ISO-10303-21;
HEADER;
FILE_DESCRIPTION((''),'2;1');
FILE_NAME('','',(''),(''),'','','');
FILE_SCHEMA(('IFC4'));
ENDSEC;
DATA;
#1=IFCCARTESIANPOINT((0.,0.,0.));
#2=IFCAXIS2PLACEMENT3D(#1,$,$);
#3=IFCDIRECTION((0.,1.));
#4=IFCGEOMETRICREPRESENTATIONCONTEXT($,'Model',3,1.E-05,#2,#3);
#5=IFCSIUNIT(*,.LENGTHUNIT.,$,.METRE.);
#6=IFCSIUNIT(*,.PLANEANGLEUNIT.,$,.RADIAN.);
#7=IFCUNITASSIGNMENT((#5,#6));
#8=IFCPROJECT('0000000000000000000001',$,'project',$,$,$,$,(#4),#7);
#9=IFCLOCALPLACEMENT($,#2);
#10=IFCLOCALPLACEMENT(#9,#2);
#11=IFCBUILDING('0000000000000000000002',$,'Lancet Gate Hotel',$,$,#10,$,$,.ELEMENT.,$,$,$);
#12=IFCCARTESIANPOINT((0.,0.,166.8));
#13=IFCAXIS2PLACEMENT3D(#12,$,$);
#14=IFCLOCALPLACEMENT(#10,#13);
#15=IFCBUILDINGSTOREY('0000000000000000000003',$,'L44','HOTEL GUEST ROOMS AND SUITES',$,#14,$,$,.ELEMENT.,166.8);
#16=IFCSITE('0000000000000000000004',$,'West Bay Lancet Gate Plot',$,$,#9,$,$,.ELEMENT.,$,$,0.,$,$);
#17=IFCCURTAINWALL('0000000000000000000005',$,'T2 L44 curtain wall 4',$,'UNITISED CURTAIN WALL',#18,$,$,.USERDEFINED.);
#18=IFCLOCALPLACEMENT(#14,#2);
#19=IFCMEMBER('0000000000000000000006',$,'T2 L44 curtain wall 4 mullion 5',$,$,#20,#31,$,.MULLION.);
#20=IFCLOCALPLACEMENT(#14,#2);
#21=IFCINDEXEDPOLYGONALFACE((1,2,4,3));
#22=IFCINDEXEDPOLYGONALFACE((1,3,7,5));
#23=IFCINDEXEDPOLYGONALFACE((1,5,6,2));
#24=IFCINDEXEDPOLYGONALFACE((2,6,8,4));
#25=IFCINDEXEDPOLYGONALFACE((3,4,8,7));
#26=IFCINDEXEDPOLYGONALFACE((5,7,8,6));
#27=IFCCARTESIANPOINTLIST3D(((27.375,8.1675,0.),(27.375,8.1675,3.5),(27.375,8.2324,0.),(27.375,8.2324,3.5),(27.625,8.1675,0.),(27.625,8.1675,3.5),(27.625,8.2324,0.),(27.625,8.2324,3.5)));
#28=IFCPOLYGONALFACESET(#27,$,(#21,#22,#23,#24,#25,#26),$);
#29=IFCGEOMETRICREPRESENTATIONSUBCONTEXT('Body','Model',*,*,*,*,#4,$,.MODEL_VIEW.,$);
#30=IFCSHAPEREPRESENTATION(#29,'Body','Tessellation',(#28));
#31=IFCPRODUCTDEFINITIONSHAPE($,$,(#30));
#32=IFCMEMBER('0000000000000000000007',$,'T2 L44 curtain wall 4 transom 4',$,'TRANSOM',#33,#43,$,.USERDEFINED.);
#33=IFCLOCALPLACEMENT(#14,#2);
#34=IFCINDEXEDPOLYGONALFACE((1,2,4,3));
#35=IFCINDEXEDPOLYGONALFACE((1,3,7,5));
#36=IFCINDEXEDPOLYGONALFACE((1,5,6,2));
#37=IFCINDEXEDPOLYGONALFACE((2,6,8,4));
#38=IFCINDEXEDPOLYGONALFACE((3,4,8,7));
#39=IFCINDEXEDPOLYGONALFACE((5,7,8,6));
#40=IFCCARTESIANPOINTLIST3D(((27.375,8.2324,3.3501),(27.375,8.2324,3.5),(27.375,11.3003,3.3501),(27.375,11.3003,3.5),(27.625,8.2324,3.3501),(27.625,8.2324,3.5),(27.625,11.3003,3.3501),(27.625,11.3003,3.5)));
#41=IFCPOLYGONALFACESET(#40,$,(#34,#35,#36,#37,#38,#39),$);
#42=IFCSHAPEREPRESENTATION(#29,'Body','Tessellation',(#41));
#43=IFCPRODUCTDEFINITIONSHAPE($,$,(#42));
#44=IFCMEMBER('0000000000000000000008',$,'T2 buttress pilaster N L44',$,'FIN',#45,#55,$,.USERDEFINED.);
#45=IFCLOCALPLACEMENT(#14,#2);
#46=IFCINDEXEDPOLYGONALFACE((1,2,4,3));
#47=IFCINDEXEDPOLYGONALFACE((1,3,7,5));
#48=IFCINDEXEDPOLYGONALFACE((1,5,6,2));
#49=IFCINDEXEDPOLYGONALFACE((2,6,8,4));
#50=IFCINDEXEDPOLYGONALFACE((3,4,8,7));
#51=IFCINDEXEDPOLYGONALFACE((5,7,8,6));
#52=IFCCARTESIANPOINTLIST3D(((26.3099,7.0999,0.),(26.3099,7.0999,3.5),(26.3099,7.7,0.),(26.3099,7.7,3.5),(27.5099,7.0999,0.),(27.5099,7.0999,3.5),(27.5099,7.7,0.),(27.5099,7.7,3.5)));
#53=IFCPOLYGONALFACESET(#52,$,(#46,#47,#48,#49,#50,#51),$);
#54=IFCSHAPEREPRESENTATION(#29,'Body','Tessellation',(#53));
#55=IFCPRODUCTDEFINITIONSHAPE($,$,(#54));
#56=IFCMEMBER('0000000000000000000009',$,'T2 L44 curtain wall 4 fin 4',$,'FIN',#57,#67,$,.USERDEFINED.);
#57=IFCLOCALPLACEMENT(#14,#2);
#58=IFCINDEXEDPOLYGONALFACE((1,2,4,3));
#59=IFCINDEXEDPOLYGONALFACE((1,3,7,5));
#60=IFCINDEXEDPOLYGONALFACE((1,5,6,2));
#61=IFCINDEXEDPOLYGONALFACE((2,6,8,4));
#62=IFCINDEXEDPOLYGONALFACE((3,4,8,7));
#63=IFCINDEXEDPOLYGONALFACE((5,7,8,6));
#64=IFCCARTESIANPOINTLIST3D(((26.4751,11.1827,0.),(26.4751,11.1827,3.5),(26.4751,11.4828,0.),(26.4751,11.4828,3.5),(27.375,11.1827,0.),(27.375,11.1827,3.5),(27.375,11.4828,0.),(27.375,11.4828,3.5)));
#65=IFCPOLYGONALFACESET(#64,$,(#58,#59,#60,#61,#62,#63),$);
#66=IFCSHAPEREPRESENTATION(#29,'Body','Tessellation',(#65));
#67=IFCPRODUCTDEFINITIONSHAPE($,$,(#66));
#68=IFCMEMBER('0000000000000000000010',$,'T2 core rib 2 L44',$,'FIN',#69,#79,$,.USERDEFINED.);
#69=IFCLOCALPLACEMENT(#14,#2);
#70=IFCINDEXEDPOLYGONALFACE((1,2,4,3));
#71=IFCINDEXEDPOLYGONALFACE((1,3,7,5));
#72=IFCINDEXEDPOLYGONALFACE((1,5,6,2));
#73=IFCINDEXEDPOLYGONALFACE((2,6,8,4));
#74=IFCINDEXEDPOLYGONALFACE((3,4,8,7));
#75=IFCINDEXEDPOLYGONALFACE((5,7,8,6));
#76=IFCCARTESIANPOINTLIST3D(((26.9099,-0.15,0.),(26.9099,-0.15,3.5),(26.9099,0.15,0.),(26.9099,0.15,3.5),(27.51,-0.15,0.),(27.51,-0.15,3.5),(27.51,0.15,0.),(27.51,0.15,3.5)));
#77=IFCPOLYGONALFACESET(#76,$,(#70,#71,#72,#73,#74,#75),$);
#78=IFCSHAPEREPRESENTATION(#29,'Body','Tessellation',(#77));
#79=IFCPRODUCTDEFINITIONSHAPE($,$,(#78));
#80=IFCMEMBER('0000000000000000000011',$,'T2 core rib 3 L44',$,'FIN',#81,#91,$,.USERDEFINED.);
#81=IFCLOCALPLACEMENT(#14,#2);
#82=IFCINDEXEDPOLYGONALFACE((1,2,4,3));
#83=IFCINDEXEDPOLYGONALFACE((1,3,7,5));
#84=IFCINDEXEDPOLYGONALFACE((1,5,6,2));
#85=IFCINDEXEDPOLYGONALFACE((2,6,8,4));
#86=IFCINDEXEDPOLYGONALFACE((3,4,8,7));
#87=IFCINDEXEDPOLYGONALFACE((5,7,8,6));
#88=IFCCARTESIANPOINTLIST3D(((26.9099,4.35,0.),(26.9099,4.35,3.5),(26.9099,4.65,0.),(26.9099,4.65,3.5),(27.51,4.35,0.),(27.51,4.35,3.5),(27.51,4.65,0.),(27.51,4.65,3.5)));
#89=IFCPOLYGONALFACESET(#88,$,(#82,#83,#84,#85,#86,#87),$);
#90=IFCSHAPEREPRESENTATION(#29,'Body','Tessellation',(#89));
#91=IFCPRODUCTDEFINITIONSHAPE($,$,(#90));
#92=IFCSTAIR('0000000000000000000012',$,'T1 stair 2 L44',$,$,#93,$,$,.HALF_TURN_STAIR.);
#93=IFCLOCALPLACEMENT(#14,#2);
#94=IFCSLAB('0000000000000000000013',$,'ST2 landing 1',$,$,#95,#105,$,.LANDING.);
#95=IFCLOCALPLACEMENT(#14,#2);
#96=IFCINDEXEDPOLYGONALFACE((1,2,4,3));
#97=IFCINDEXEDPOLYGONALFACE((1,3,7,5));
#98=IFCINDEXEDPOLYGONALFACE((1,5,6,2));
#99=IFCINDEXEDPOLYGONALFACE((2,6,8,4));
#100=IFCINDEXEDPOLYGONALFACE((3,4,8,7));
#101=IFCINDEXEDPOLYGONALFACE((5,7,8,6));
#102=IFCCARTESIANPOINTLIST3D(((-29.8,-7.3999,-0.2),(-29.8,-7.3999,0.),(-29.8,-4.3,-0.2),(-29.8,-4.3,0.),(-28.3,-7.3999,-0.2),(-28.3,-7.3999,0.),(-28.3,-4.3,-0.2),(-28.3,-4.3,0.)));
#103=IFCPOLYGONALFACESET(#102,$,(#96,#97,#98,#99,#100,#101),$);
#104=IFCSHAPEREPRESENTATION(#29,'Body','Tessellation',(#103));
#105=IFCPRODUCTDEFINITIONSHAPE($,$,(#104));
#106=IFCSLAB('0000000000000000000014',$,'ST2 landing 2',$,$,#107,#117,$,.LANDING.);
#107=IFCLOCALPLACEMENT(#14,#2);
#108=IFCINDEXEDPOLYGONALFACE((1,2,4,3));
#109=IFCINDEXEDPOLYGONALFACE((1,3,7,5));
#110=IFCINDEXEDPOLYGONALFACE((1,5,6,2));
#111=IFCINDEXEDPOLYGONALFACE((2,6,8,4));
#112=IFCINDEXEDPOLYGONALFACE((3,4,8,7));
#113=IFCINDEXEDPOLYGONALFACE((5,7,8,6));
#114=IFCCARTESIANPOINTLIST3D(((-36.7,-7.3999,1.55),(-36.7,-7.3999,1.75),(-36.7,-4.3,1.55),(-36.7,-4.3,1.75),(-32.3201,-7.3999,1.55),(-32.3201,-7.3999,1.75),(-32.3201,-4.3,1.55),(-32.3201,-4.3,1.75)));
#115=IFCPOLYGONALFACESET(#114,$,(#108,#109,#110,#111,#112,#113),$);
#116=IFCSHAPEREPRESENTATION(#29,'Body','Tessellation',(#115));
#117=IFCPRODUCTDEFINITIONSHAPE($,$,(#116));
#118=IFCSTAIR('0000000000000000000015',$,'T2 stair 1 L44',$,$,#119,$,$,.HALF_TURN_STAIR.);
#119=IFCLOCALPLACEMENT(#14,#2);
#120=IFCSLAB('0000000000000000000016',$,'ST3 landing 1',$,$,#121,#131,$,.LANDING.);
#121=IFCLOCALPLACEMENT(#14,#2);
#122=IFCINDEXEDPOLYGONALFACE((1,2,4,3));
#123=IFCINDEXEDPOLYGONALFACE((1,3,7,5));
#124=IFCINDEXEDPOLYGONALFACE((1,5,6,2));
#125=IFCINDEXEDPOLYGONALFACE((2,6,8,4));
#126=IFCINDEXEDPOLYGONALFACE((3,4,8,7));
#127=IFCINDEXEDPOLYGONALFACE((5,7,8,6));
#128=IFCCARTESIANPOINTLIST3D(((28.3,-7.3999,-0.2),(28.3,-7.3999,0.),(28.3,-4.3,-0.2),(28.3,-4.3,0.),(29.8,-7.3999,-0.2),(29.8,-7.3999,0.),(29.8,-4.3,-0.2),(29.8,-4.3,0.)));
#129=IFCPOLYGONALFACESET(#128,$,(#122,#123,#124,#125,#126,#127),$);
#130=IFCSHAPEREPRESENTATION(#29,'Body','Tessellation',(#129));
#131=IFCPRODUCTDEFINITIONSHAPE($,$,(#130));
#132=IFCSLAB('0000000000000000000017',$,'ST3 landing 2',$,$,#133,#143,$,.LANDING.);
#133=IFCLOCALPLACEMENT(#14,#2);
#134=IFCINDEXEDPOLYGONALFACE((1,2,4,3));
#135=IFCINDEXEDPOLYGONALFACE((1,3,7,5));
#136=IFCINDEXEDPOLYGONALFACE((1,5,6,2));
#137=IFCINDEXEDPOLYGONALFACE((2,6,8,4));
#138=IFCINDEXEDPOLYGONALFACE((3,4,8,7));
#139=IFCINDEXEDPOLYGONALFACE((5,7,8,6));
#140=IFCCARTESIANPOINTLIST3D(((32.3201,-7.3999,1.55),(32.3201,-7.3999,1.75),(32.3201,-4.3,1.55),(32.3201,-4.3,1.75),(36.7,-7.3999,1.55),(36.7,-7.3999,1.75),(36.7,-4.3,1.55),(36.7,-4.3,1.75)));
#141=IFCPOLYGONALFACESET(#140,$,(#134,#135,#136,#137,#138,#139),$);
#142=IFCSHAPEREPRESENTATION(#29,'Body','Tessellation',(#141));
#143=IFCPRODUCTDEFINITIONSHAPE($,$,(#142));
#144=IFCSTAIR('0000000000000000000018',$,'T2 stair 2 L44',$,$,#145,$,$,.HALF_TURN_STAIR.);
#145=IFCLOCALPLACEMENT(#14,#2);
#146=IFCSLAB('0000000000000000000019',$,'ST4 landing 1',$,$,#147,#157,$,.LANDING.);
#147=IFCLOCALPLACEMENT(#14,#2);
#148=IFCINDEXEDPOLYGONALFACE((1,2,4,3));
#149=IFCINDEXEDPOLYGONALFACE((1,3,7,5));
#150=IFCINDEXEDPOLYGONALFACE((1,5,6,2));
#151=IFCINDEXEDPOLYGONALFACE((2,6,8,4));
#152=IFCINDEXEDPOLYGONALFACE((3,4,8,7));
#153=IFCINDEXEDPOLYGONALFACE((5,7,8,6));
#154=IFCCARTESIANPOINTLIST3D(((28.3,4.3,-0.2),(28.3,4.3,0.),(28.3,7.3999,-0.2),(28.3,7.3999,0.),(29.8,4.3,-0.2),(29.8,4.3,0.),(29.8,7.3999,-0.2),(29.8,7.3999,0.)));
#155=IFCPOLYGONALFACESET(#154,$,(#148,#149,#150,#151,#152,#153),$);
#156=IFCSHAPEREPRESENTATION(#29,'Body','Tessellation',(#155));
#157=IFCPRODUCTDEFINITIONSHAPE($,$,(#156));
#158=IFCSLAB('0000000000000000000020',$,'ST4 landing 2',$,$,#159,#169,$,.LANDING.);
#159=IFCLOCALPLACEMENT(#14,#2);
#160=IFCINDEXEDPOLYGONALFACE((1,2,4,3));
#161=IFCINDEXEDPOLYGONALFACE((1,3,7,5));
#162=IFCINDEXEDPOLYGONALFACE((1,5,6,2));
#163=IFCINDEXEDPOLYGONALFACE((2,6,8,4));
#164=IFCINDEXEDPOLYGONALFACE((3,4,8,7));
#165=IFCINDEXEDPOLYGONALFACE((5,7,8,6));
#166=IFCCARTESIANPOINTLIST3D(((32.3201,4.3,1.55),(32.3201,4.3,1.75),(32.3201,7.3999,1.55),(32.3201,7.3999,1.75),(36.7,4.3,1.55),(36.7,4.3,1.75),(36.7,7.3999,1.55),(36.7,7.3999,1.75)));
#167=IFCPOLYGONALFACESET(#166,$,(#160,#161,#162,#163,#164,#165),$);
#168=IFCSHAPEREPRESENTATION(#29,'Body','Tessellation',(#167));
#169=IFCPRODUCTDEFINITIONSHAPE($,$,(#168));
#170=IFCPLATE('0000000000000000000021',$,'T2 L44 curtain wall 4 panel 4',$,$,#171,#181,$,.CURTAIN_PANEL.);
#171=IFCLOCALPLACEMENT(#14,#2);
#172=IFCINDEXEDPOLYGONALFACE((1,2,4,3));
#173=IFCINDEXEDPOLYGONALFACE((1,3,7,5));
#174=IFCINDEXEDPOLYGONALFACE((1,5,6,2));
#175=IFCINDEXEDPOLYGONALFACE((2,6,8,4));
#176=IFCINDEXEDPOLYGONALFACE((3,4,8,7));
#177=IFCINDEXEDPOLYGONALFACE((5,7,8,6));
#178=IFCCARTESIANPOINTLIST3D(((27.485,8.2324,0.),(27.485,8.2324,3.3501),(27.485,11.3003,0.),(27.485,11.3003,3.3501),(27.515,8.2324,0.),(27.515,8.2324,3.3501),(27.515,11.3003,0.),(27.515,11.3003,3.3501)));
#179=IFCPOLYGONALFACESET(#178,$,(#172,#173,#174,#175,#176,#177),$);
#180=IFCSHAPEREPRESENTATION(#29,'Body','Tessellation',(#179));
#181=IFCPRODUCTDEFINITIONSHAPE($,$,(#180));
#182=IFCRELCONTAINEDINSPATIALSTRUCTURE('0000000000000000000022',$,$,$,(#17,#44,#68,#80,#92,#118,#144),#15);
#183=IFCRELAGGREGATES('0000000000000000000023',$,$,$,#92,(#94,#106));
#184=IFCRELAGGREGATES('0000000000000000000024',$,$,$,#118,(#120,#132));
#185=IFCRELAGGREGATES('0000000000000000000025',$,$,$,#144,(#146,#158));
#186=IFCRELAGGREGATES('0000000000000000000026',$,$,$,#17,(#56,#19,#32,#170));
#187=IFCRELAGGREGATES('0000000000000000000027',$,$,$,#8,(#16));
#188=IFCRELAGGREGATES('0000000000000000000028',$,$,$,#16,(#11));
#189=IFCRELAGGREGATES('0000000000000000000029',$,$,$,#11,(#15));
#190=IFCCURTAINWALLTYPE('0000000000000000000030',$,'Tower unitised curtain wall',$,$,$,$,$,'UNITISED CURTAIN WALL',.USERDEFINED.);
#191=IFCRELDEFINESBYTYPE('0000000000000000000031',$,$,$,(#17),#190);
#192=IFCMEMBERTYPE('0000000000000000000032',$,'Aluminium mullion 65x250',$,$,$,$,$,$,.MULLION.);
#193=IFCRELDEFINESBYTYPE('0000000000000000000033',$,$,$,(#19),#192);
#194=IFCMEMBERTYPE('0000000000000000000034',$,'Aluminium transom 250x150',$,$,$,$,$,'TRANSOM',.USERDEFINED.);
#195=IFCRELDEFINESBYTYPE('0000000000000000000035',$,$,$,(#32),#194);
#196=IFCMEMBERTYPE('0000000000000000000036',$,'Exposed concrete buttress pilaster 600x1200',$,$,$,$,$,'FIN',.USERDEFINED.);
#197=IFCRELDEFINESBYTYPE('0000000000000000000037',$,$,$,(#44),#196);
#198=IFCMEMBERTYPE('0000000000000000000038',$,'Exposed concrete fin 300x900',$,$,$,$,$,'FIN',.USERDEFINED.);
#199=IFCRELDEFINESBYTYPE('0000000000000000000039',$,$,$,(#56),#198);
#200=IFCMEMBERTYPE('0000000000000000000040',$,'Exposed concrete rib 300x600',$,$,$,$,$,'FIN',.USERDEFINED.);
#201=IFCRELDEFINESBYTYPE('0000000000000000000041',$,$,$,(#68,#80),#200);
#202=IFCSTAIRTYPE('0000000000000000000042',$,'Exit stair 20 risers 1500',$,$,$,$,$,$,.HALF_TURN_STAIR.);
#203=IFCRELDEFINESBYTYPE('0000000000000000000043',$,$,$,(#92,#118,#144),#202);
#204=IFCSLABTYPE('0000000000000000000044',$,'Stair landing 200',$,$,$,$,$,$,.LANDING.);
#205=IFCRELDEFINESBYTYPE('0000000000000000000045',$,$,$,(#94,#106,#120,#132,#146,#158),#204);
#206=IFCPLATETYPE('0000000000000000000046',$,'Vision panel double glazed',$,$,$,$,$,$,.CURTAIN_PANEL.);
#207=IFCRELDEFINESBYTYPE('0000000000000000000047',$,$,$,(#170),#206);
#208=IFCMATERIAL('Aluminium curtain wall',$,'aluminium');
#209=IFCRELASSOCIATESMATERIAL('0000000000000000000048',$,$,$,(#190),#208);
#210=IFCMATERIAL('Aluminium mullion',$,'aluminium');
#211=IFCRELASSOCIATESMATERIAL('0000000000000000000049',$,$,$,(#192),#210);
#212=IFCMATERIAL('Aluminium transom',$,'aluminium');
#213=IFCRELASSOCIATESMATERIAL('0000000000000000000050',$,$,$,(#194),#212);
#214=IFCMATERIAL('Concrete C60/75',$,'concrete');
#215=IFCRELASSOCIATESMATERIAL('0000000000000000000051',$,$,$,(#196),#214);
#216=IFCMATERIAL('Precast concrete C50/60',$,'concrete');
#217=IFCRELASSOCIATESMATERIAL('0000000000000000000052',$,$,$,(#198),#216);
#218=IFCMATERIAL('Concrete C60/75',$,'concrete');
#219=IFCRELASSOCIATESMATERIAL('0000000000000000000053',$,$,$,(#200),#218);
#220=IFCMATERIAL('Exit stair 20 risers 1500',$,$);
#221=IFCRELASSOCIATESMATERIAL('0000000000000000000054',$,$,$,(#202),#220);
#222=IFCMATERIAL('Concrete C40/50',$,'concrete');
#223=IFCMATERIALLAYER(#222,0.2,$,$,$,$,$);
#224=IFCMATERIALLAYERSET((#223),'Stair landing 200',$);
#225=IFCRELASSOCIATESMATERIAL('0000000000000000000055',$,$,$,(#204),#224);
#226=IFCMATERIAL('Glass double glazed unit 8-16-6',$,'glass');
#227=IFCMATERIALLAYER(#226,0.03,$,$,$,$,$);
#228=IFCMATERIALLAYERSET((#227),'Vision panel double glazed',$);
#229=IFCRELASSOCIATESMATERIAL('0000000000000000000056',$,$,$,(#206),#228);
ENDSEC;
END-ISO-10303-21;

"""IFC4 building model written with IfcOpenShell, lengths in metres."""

from ifc_helpers import new_model, si_unit, direction, frame, origin, origin_2d, place, context, subcontext, project, spatial, polyline, rectangle, outline, extrude, material, layer, layer_set, material_profile, profile_set, type_object, element, aggregate, save


model = new_model("IFC4")

# Units and contexts
model_context = context("Model", 3, precision=1e-05, world=origin(), true_north=direction((0.0, 1.0)))
body_context = subcontext(model_context, "Body", "Model", "MODEL_VIEW")
ifc_project = project(units=[si_unit("LENGTHUNIT", "METRE"), si_unit("PLANEANGLEUNIT", "RADIAN")], contexts=[model_context])

# Site, building, storey
site_placement = place(None, origin())
site = spatial("IfcSite", under=ifc_project, at=site_placement, Name="West Bay Lancet Gate Plot", CompositionType="ELEMENT", RefElevation=0.0)
building_placement = place(site_placement, origin())
building = spatial("IfcBuilding", under=site, at=building_placement, Name="Lancet Gate Hotel", CompositionType="ELEMENT")
storey_placement = place(building_placement, frame((0.0, 0.0, 166.8)))
storey = spatial("IfcBuildingStorey", under=building, at=storey_placement, Name="L44", Description="HOTEL GUEST ROOMS AND SUITES", CompositionType="ELEMENT", Elevation=166.8)

# Curtain wall, members
ifc_material_1 = material(Name="Aluminium curtain wall", Category="aluminium")
curtain_wall_type = type_object("IfcCurtainWallType", Name="Tower unitised curtain wall", ElementType="UNITISED CURTAIN WALL", PredefinedType="USERDEFINED", material=ifc_material_1)
curtain_wall_placement = place(storey_placement, origin())
curtain_wall = element("IfcCurtainWall", 1, at=curtain_wall_placement, inside=storey, type_object=curtain_wall_type, Name="T2 L44 curtain wall 4", ObjectType="UNITISED CURTAIN WALL", PredefinedType="USERDEFINED")
ifc_material_2 = material(Name="Aluminium mullion", Category="aluminium")
ifc_material_profile_1 = material_profile(ifc_material_2, rectangle(XDim=0.0649, YDim=0.25, at=origin_2d()), Name="MULLION 65x250")
ifc_profile_set_1 = profile_set([ifc_material_profile_1], Name="Aluminium mullion")
member_type_1 = type_object("IfcMemberType", Name="Aluminium mullion 65x250", PredefinedType="MULLION", material=ifc_profile_set_1)
member_1_placement = place(storey_placement, frame((27.5, 8.2, 0.0), z_axis=(0.0, 0.0, 1.0), x_axis=(0.0, -1.0, 0.0)))
member_1 = element("IfcMember", 2, at=member_1_placement, type_object=member_type_1, Name="T2 L44 curtain wall 4 mullion 5", PredefinedType="MULLION", context=body_context, shape_type="SweptSolid", body=[
    extrude(rectangle(XDim=0.0649, YDim=0.25, at=origin_2d()), origin(), (0.0, 0.0, 1.0), 3.5),
])
ifc_material_3 = material(Name="Aluminium transom", Category="aluminium")
ifc_material_profile_2 = material_profile(ifc_material_3, rectangle(XDim=0.25, YDim=0.1499, at=origin_2d()), Name="TRANSOM 250x150")
ifc_profile_set_2 = profile_set([ifc_material_profile_2], Name="Aluminium transom")
member_type_2 = type_object("IfcMemberType", Name="Aluminium transom 250x150", ElementType="TRANSOM", PredefinedType="USERDEFINED", material=ifc_profile_set_2)
member_2_placement = place(storey_placement, frame((27.5, 11.3003, 3.425), z_axis=(0.0, -1.0, 0.0), x_axis=(1.0, 0.0, 0.0)))
member_2 = element("IfcMember", 3, at=member_2_placement, type_object=member_type_2, Name="T2 L44 curtain wall 4 transom 4", ObjectType="TRANSOM", PredefinedType="USERDEFINED", context=body_context, shape_type="SweptSolid", body=[
    extrude(rectangle(XDim=0.25, YDim=0.1499, at=origin_2d()), origin(), (0.0, 0.0, 1.0), 3.0679),
])

# Members
ifc_material_4 = material(Name="Concrete C60/75", Category="concrete")
ifc_material_profile_3 = material_profile(ifc_material_4, rectangle(XDim=0.6001, YDim=1.2, at=origin_2d()), Name="FIN 600x1200")
ifc_profile_set_3 = profile_set([ifc_material_profile_3], Name="Concrete C60/75")
member_type_3 = type_object("IfcMemberType", Name="Exposed concrete buttress pilaster 600x1200", ElementType="FIN", PredefinedType="USERDEFINED", material=ifc_profile_set_3)
member_3_placement = place(storey_placement, frame((26.9099, 7.3999, 0.0), z_axis=(0.0, 0.0, 1.0), x_axis=(0.0, 1.0, 0.0)))
element("IfcMember", 4, at=member_3_placement, inside=storey, type_object=member_type_3, Name="T2 buttress pilaster N L44", ObjectType="FIN", PredefinedType="USERDEFINED", context=body_context, shape_type="SweptSolid", body=[
    extrude(rectangle(XDim=0.6001, YDim=1.2, at=origin_2d()), origin(), (0.0, 0.0, 1.0), 3.5),
])
ifc_material_5 = material(Name="Precast concrete C50/60", Category="concrete")
ifc_material_profile_4 = material_profile(ifc_material_5, rectangle(XDim=0.3, YDim=0.8999, at=origin_2d()), Name="FIN 300x900")
ifc_profile_set_4 = profile_set([ifc_material_profile_4], Name="Precast concrete C50/60")
member_type_4 = type_object("IfcMemberType", Name="Exposed concrete fin 300x900", ElementType="FIN", PredefinedType="USERDEFINED", material=ifc_profile_set_4)
member_4_placement = place(storey_placement, frame((26.925, 11.3328, 0.0), z_axis=(0.0, 0.0, 1.0), x_axis=(0.0, -1.0, 0.0)))
member_4 = element("IfcMember", 5, at=member_4_placement, type_object=member_type_4, Name="T2 L44 curtain wall 4 fin 4", ObjectType="FIN", PredefinedType="USERDEFINED", context=body_context, shape_type="SweptSolid", body=[
    extrude(rectangle(XDim=0.3, YDim=0.8999, at=origin_2d()), origin(), (0.0, 0.0, 1.0), 3.5),
])

# Members
ifc_material_6 = material(Name="Concrete C60/75", Category="concrete")
ifc_material_profile_5 = material_profile(ifc_material_6, rectangle(XDim=0.3, YDim=0.6001, at=origin_2d()), Name="FIN 300x600")
ifc_profile_set_5 = profile_set([ifc_material_profile_5], Name="Concrete C60/75")
member_type_5 = type_object("IfcMemberType", Name="Exposed concrete rib 300x600", ElementType="FIN", PredefinedType="USERDEFINED", material=ifc_profile_set_5)
for number, where, z_axis, x_axis, name in (
    (6, (27.21, 0.0, 0.0), (0.0, 0.0, 1.0), (0.0, 1.0, 0.0), "T2 core rib 2 L44"),
    (7, (27.21, 4.5, 0.0), (0.0, 0.0, 1.0), (0.0, 1.0, 0.0), "T2 core rib 3 L44"),
):
    element("IfcMember", number, at=place(storey_placement, frame(where, z_axis=z_axis, x_axis=x_axis)), inside=storey, type_object=member_type_5, Name=name, ObjectType="FIN", PredefinedType="USERDEFINED", context=body_context, shape_type="SweptSolid", body=[
        extrude(rectangle(XDim=0.3, YDim=0.6001, at=origin_2d()), origin(), (0.0, 0.0, 1.0), 3.5),
    ])

# Stairs, slabs
ifc_material_7 = material(Name="Exit stair 20 risers 1500")
stair_type = type_object("IfcStairType", Name="Exit stair 20 risers 1500", PredefinedType="HALF_TURN_STAIR", material=ifc_material_7)
stair_1_placement = place(storey_placement, origin())
stair_1 = element("IfcStair", 8, at=stair_1_placement, inside=storey, type_object=stair_type, Name="T1 stair 2 L44", PredefinedType="HALF_TURN_STAIR")
ifc_material_8 = material(Name="Concrete C40/50", Category="concrete")
ifc_layer_1 = layer(ifc_material_8, 0.2)
ifc_layer_set_1 = layer_set([ifc_layer_1], Name="Stair landing 200")
slab_type = type_object("IfcSlabType", Name="Stair landing 200", PredefinedType="LANDING", material=ifc_layer_set_1)
slab_1_placement = place(storey_placement, frame((0.0, 0.0, -0.2)))
slab_1 = element("IfcSlab", 9, at=slab_1_placement, type_object=slab_type, Name="ST2 landing 1", PredefinedType="LANDING", context=body_context, shape_type="SweptSolid", body=[
    extrude(outline(polyline([(-28.3, -4.3), (-29.8, -4.3), (-29.8, -7.3999), (-28.3, -7.3999), (-28.3, -4.3)])), origin(), (0.0, 0.0, 1.0), 0.2),
])
slab_2_placement = place(storey_placement, frame((0.0, 0.0, 1.55)))
slab_2 = element("IfcSlab", 10, at=slab_2_placement, type_object=slab_type, Name="ST2 landing 2", PredefinedType="LANDING", context=body_context, shape_type="SweptSolid", body=[
    extrude(outline(polyline([(-32.3201, -4.3), (-36.7, -4.3), (-36.7, -7.3999), (-32.3201, -7.3999), (-32.3201, -4.3)])), origin(), (0.0, 0.0, 1.0), 0.2),
])
aggregate(stair_1, [slab_1, slab_2])
stair_2_placement = place(storey_placement, origin())
stair_2 = element("IfcStair", 11, at=stair_2_placement, inside=storey, type_object=stair_type, Name="T2 stair 1 L44", PredefinedType="HALF_TURN_STAIR")
slab_3_placement = place(storey_placement, frame((0.0, 0.0, -0.2)))
slab_3 = element("IfcSlab", 12, at=slab_3_placement, type_object=slab_type, Name="ST3 landing 1", PredefinedType="LANDING", context=body_context, shape_type="SweptSolid", body=[
    extrude(outline(polyline([(28.3, -7.3999), (29.8, -7.3999), (29.8, -4.3), (28.3, -4.3), (28.3, -7.3999)])), origin(), (0.0, 0.0, 1.0), 0.2),
])
slab_4_placement = place(storey_placement, frame((0.0, 0.0, 1.55)))
slab_4 = element("IfcSlab", 13, at=slab_4_placement, type_object=slab_type, Name="ST3 landing 2", PredefinedType="LANDING", context=body_context, shape_type="SweptSolid", body=[
    extrude(outline(polyline([(32.3201, -7.3999), (36.7, -7.3999), (36.7, -4.3), (32.3201, -4.3), (32.3201, -7.3999)])), origin(), (0.0, 0.0, 1.0), 0.2),
])
aggregate(stair_2, [slab_3, slab_4])
stair_3_placement = place(storey_placement, origin())
stair_3 = element("IfcStair", 14, at=stair_3_placement, inside=storey, type_object=stair_type, Name="T2 stair 2 L44", PredefinedType="HALF_TURN_STAIR")
slab_5_placement = place(storey_placement, frame((0.0, 0.0, -0.2)))
slab_5 = element("IfcSlab", 15, at=slab_5_placement, type_object=slab_type, Name="ST4 landing 1", PredefinedType="LANDING", context=body_context, shape_type="SweptSolid", body=[
    extrude(outline(polyline([(28.3, 4.3), (29.8, 4.3), (29.8, 7.3999), (28.3, 7.3999), (28.3, 4.3)])), origin(), (0.0, 0.0, 1.0), 0.2),
])
slab_6_placement = place(storey_placement, frame((0.0, 0.0, 1.55)))
slab_6 = element("IfcSlab", 16, at=slab_6_placement, type_object=slab_type, Name="ST4 landing 2", PredefinedType="LANDING", context=body_context, shape_type="SweptSolid", body=[
    extrude(outline(polyline([(32.3201, 4.3), (36.7, 4.3), (36.7, 7.3999), (32.3201, 7.3999), (32.3201, 4.3)])), origin(), (0.0, 0.0, 1.0), 0.2),
])
aggregate(stair_3, [slab_5, slab_6])

# Plate
ifc_material_9 = material(Name="Glass double glazed unit 8-16-6", Category="glass")
ifc_layer_2 = layer(ifc_material_9, 0.03)
ifc_layer_set_2 = layer_set([ifc_layer_2], Name="Vision panel double glazed")
plate_type = type_object("IfcPlateType", Name="Vision panel double glazed", PredefinedType="CURTAIN_PANEL", material=ifc_layer_set_2)
plate_placement = place(storey_placement, frame((27.5, 9.7664, 0.0), z_axis=(0.0, 0.0, 1.0), x_axis=(0.0, -1.0, 0.0)))
plate = element("IfcPlate", 17, at=plate_placement, type_object=plate_type, Name="T2 L44 curtain wall 4 panel 4", PredefinedType="CURTAIN_PANEL", context=body_context, shape_type="SweptSolid", body=[
    extrude(rectangle(XDim=3.0679, YDim=0.03, at=origin_2d()), origin(), (0.0, 0.0, 1.0), 3.3501),
])
aggregate(curtain_wall, [member_4, member_1, member_2, plate])

save(model, "model.ifc")
